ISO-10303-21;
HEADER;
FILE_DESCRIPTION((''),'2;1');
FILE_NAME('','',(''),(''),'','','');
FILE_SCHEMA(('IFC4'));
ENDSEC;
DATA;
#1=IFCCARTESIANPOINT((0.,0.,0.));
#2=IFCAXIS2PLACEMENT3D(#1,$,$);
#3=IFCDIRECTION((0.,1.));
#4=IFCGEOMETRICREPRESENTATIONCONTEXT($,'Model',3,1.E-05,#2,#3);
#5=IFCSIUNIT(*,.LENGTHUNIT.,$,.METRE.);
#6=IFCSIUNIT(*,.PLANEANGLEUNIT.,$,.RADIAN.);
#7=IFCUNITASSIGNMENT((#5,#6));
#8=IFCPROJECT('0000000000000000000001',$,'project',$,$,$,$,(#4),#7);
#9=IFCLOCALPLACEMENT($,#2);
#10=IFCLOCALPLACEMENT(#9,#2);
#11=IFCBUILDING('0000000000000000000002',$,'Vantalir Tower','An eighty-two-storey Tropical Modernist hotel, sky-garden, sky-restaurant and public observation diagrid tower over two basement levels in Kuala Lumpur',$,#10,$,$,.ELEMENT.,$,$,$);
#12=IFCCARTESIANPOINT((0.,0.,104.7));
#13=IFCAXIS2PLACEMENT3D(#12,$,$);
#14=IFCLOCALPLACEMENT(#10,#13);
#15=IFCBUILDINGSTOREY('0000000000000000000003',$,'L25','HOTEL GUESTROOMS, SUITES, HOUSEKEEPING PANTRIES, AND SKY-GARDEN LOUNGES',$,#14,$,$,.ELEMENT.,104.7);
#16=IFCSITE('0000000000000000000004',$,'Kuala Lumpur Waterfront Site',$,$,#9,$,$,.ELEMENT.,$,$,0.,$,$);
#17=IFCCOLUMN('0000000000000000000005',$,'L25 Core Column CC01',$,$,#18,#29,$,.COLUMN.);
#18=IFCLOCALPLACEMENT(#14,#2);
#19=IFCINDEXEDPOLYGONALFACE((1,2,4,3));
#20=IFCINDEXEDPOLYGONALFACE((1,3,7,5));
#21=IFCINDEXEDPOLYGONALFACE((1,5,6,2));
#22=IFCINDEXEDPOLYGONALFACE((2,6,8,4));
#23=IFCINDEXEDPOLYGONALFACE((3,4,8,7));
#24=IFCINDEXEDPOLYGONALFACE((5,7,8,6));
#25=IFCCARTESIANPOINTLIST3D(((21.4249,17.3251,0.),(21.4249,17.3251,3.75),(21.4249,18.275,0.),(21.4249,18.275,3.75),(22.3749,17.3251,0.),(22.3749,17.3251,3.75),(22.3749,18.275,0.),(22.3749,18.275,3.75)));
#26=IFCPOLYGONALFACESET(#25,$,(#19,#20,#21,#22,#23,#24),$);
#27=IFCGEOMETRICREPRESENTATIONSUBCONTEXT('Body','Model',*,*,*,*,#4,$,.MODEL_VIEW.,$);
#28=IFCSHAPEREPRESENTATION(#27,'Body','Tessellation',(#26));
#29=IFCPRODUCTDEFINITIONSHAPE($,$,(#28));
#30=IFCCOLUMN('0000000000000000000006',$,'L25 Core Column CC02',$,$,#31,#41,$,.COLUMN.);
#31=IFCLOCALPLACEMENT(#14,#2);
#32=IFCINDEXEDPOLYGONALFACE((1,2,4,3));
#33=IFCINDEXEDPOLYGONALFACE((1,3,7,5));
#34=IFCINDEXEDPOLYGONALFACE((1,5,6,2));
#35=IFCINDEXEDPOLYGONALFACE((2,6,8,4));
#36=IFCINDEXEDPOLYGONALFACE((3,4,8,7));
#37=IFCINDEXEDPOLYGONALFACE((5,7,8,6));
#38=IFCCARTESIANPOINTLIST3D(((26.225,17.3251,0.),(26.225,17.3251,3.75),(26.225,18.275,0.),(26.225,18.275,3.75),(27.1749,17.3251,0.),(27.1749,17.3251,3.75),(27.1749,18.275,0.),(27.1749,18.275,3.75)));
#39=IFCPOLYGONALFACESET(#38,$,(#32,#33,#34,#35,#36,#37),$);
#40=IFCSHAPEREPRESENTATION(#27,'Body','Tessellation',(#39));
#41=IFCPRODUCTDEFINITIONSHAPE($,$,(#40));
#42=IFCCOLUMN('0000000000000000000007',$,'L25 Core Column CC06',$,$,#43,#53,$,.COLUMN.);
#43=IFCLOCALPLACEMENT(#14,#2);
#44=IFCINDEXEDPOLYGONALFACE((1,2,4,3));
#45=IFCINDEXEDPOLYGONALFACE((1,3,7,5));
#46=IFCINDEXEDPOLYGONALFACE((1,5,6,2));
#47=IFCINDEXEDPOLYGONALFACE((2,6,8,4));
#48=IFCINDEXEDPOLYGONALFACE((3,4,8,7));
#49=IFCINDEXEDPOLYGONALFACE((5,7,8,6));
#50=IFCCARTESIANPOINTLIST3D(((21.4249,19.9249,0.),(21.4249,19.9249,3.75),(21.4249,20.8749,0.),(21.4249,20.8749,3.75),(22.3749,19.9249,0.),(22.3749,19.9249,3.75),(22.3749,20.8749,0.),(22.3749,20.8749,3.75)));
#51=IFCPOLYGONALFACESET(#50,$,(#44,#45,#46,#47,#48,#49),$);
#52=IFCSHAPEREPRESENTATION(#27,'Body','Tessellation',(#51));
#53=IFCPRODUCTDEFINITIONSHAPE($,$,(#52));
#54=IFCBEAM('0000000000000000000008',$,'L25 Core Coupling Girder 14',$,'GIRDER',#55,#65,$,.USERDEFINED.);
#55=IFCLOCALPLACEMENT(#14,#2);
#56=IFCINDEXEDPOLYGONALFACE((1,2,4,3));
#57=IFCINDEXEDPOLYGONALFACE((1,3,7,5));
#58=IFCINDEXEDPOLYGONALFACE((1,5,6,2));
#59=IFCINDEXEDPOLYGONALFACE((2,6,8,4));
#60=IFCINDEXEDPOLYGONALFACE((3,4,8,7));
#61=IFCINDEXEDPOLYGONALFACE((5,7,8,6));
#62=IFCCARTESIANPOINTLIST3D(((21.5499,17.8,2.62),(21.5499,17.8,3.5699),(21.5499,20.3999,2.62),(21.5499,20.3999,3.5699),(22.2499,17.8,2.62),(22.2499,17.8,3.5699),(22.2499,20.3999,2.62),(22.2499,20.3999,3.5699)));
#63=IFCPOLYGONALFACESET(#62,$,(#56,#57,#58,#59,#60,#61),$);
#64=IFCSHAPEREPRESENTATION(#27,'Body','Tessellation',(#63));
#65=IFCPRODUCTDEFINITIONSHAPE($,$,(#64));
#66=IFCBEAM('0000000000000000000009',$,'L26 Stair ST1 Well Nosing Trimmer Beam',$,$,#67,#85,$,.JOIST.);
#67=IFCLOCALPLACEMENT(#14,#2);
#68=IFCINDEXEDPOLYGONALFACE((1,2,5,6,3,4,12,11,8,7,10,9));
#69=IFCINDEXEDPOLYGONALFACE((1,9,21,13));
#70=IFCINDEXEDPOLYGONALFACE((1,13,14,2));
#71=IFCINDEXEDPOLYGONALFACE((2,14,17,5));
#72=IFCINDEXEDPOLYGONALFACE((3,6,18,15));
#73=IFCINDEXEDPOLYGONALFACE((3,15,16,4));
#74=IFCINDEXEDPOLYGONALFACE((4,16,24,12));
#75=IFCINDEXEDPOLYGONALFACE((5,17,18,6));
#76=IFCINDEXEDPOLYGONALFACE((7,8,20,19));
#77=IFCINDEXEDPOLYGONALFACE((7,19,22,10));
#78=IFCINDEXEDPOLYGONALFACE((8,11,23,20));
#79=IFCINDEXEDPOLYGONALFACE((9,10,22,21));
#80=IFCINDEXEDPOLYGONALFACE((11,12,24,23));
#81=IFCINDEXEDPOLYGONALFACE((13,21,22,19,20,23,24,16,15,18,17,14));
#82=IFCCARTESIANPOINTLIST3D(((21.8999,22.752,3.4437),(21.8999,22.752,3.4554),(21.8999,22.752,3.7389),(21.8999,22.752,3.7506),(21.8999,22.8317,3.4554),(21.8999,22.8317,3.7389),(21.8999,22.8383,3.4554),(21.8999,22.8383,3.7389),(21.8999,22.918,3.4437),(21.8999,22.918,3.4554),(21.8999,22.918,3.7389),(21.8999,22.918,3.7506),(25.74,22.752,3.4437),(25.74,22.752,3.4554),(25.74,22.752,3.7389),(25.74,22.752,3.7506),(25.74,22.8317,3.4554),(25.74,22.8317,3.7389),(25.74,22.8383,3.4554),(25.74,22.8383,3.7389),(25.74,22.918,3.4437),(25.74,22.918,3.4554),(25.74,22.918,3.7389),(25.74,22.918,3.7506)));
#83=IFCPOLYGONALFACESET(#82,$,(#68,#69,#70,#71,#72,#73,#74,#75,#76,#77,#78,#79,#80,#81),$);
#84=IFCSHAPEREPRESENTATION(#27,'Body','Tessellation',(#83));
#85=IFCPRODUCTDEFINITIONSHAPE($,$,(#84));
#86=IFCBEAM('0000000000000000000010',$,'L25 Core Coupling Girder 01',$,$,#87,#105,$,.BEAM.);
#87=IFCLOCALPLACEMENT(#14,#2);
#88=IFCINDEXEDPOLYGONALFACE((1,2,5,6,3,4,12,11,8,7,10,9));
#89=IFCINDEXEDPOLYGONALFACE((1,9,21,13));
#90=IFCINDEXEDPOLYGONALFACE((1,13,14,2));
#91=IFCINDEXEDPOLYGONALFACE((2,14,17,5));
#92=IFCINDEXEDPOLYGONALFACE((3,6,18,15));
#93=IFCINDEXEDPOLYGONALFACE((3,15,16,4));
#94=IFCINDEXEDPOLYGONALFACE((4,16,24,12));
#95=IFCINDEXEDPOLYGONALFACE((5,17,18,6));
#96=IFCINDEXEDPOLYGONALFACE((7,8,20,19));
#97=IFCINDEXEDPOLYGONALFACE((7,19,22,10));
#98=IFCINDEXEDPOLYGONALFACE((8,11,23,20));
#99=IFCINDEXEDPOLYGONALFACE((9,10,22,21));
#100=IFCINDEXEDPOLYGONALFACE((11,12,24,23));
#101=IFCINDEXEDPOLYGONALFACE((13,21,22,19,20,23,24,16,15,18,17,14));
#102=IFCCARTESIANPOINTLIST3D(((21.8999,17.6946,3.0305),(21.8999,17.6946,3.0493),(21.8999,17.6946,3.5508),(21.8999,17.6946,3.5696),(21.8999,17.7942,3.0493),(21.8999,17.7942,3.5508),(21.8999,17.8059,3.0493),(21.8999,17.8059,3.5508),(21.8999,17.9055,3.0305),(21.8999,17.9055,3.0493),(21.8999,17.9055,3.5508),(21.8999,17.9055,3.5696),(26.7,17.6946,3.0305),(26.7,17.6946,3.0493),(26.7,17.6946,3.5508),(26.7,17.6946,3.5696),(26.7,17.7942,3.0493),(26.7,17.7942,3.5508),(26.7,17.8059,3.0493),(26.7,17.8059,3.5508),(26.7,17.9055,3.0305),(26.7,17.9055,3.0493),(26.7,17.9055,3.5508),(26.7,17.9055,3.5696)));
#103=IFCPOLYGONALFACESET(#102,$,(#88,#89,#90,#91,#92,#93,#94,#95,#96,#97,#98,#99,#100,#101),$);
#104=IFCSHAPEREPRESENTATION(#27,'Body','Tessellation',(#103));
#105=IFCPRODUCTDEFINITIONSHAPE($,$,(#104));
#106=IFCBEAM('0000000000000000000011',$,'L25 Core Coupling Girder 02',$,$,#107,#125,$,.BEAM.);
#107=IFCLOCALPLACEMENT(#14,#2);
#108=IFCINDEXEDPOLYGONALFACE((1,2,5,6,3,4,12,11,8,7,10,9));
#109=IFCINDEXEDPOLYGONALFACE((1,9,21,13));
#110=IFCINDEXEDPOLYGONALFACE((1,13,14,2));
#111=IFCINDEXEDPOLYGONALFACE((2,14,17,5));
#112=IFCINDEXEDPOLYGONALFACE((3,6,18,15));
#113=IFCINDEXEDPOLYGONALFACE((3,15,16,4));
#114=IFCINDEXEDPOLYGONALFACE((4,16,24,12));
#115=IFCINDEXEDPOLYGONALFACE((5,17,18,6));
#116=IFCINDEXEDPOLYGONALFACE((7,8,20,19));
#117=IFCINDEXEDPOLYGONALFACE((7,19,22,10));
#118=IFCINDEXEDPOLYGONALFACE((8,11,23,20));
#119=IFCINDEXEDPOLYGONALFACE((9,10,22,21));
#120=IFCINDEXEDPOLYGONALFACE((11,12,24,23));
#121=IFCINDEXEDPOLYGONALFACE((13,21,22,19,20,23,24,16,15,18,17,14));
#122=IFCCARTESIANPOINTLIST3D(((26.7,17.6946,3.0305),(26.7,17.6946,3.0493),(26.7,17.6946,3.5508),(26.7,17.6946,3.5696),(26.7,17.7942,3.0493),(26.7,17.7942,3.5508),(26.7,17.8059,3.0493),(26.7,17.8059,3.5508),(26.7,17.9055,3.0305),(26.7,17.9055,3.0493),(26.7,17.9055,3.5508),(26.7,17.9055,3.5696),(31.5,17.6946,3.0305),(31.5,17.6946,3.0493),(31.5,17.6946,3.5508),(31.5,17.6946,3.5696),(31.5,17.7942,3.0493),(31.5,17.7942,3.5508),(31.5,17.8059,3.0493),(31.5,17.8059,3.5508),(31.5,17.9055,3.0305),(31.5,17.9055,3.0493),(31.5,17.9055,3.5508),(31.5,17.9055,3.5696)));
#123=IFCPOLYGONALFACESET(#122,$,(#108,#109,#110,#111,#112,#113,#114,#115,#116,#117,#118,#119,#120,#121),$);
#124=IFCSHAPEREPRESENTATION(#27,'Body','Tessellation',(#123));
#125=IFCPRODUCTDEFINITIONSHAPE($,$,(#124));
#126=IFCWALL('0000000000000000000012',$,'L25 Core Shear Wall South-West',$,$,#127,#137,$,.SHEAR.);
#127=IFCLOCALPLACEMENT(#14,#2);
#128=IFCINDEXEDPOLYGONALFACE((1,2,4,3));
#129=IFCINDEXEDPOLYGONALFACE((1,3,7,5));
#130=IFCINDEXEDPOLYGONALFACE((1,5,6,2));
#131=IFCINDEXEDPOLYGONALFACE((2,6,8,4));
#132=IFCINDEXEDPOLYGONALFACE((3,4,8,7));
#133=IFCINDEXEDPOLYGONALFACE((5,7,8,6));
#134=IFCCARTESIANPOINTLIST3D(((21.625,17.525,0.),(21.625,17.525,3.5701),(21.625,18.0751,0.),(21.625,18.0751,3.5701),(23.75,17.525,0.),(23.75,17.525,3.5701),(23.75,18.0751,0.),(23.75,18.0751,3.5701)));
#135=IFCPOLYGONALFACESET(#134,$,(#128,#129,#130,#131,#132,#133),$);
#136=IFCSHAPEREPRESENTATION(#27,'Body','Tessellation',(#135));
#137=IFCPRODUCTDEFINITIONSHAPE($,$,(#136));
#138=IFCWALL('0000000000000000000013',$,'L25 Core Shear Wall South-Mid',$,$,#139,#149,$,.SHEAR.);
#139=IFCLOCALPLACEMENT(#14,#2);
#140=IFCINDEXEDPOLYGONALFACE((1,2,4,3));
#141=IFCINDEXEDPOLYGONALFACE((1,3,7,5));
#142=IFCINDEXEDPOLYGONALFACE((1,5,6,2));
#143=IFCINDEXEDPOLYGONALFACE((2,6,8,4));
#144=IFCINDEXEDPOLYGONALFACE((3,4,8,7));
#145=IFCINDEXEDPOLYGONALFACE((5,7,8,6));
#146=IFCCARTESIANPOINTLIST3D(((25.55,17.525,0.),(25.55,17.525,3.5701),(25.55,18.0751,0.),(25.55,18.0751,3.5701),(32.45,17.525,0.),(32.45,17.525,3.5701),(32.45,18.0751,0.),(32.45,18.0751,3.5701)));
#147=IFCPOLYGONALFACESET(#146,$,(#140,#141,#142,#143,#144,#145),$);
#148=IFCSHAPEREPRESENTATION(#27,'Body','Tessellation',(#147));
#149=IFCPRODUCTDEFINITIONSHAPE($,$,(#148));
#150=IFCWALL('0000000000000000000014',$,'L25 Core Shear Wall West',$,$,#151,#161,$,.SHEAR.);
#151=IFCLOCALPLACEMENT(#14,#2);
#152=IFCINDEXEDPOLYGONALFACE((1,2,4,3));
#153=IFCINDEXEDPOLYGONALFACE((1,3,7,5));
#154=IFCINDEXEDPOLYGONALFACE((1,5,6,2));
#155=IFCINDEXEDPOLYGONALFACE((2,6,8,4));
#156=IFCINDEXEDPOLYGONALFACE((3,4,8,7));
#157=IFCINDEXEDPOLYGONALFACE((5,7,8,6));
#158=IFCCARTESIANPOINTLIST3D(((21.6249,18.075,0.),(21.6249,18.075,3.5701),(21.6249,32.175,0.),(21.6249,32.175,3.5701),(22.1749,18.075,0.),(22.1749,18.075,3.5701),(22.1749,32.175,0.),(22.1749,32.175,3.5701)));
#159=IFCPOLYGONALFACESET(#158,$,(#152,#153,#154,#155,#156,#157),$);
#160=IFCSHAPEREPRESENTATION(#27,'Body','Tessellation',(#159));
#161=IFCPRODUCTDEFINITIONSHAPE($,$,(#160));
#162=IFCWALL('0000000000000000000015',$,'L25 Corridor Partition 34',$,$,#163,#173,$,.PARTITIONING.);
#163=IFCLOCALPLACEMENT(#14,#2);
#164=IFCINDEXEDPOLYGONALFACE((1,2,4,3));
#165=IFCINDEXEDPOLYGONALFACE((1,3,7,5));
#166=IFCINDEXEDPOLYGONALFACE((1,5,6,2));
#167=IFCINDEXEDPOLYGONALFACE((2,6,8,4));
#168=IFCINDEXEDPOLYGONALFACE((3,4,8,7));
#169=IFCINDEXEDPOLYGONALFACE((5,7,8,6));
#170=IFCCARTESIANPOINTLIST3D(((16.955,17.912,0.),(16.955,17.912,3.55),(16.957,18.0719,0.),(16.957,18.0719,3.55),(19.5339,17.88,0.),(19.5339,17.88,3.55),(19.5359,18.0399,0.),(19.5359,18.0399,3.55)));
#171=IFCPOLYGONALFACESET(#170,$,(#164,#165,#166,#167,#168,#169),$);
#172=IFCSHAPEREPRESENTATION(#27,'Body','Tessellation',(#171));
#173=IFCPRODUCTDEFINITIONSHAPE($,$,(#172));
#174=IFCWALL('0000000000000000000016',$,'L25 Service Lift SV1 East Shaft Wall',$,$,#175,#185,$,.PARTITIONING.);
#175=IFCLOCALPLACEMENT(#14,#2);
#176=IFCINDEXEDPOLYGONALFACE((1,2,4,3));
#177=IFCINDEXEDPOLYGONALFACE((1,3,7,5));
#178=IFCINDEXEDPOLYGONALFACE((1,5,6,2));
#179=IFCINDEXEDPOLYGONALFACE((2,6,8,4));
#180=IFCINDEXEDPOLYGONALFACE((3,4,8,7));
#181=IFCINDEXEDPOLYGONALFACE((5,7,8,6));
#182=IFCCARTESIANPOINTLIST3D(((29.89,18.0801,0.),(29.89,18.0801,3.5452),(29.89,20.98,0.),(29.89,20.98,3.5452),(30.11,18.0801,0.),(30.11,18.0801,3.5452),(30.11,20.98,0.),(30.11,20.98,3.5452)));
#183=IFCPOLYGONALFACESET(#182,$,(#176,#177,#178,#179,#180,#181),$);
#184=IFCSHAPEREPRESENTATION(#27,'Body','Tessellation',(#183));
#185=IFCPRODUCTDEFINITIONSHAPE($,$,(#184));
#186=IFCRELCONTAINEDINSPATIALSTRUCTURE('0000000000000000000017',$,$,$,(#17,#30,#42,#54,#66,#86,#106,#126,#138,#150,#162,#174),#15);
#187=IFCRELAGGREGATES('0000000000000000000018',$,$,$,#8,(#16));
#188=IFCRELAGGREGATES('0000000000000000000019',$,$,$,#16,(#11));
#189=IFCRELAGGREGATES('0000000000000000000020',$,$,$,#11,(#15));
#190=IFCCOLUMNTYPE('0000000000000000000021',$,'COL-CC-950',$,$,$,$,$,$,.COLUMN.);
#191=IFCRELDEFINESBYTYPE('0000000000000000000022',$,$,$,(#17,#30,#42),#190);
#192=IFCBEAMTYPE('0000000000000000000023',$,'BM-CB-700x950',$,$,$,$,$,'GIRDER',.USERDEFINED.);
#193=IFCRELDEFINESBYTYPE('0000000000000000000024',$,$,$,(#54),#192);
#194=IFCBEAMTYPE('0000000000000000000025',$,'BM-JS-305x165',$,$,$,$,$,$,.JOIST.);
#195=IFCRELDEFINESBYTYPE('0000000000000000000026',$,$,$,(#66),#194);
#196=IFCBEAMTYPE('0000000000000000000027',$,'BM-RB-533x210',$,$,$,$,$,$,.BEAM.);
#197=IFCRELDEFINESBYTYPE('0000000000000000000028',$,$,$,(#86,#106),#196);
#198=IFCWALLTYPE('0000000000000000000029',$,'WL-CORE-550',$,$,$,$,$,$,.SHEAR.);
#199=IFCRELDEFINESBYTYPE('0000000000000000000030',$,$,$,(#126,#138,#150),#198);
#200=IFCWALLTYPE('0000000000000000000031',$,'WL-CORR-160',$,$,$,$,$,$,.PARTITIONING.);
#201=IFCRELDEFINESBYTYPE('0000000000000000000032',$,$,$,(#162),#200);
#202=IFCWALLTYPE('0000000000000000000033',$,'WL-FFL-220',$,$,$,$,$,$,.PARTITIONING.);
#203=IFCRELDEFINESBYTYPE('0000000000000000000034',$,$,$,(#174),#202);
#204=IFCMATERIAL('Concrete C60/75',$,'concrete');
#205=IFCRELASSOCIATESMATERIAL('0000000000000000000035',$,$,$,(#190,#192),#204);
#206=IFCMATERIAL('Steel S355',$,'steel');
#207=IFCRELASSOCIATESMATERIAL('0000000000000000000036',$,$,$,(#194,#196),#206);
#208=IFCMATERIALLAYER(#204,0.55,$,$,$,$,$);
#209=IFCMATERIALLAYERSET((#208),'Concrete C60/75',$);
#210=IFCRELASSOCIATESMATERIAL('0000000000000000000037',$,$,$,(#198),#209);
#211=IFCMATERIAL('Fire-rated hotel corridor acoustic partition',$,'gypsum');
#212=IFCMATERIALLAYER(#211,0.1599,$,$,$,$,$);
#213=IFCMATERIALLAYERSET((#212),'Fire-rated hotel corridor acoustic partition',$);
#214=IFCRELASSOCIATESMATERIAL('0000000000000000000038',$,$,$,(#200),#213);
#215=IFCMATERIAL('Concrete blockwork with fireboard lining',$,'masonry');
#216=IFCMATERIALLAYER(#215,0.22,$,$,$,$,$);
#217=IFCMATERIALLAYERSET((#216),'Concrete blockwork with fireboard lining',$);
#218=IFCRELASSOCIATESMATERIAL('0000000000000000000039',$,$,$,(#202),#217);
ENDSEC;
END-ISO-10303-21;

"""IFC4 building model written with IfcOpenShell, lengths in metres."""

from ifc_helpers import new_model, si_unit, direction, frame, frame_2d, origin, origin_2d, place, context, subcontext, project, spatial, rectangle, i_section, extrude, material, layer, layer_set, material_profile, profile_set, type_object, element, save


model = new_model("IFC4")

# Units and contexts
model_context = context("Model", 3, precision=1e-05, world=origin(), true_north=direction((0.0, 1.0)))
body_context = subcontext(model_context, "Body", "Model", "MODEL_VIEW")
ifc_project = project(units=[si_unit("LENGTHUNIT", "METRE"), si_unit("PLANEANGLEUNIT", "RADIAN")], contexts=[model_context])

# Site, building, storey
site_placement = place(None, origin())
site = spatial("IfcSite", under=ifc_project, at=site_placement, Name="Kuala Lumpur Waterfront Site", CompositionType="ELEMENT", RefElevation=0.0)
building_placement = place(site_placement, origin())
building = spatial("IfcBuilding", under=site, at=building_placement, Name="Vantalir Tower", Description="An eighty-two-storey Tropical Modernist hotel, sky-garden, sky-restaurant and public observation diagrid tower over two basement levels in Kuala Lumpur", CompositionType="ELEMENT")
storey_placement = place(building_placement, frame((0.0, 0.0, 104.7)))
storey = spatial("IfcBuildingStorey", under=building, at=storey_placement, Name="L25", Description="HOTEL GUESTROOMS, SUITES, HOUSEKEEPING PANTRIES, AND SKY-GARDEN LOUNGES", CompositionType="ELEMENT", Elevation=104.7)

# Columns
ifc_material_1 = material(Name="Concrete C60/75", Category="concrete")
ifc_material_profile_1 = material_profile(ifc_material_1, rectangle(XDim=0.95, YDim=0.95, at=origin_2d()), Name="Concrete C60/75")
ifc_profile_set_1 = profile_set([ifc_material_profile_1], Name="Concrete C60/75")
column_type = type_object("IfcColumnType", Name="COL-CC-950", PredefinedType="COLUMN", material=ifc_profile_set_1)
for number, where, z_axis, x_axis, name in (
    (1, (21.8999, 17.8, 0.0), (0.0, 0.0, 1.0), (1.0, 0.0, 0.0), "L25 Core Column CC01"),
    (2, (26.7, 17.8, 0.0), (0.0, 0.0, 1.0), (1.0, 0.0, 0.0), "L25 Core Column CC02"),
    (3, (21.8999, 20.3999, 0.0), (0.0, 0.0, 1.0), (1.0, 0.0, 0.0), "L25 Core Column CC06"),
):
    element("IfcColumn", number, at=place(storey_placement, frame(where, z_axis=z_axis, x_axis=x_axis)), inside=storey, type_object=column_type, Name=name, PredefinedType="COLUMN", context=body_context, shape_type="SweptSolid", body=[
        extrude(rectangle(XDim=0.95, YDim=0.95, at=origin_2d()), origin(), (0.0, 0.0, 1.0), 3.75),
    ])

# Beams
ifc_material_profile_2 = material_profile(ifc_material_1, rectangle(XDim=0.7, YDim=0.95, at=origin_2d()), Name="Concrete C60/75")
ifc_profile_set_2 = profile_set([ifc_material_profile_2], Name="Concrete C60/75")
beam_type_1 = type_object("IfcBeamType", Name="BM-CB-700x950", ElementType="GIRDER", PredefinedType="USERDEFINED", material=ifc_profile_set_2)
beam_1_placement = place(storey_placement, frame((21.8999, 20.3999, 3.095), z_axis=(0.0, -1.0, 0.0), x_axis=(1.0, 0.0, 0.0)))
element("IfcBeam", 4, at=beam_1_placement, inside=storey, type_object=beam_type_1, Name="L25 Core Coupling Girder 14", ObjectType="GIRDER", PredefinedType="USERDEFINED", context=body_context, shape_type="SweptSolid", body=[
    extrude(rectangle(XDim=0.7, YDim=0.95, at=origin_2d()), origin(), (0.0, 0.0, 1.0), 2.5999),
])
ifc_material_2 = material(Name="Steel S355", Category="steel")
ifc_material_profile_3 = material_profile(ifc_material_2, i_section(OverallWidth=0.166, OverallDepth=0.3069, WebThickness=0.0066, FlangeThickness=0.0117, at=origin_2d()), Name="Steel S355")
ifc_profile_set_3 = profile_set([ifc_material_profile_3], Name="Steel S355")
beam_type_2 = type_object("IfcBeamType", Name="BM-JS-305x165", PredefinedType="JOIST", material=ifc_profile_set_3)
beam_2_placement = place(storey_placement, frame((21.8999, 22.835, 3.5972), z_axis=(1.0, 0.0, 0.0), x_axis=(0.0, 1.0, 0.0)))
element("IfcBeam", 5, at=beam_2_placement, inside=storey, type_object=beam_type_2, Name="L26 Stair ST1 Well Nosing Trimmer Beam", PredefinedType="JOIST", context=body_context, shape_type="SweptSolid", body=[
    extrude(i_section(OverallWidth=0.166, OverallDepth=0.3069, WebThickness=0.0066, FlangeThickness=0.0117, at=origin_2d()), origin(), (0.0, 0.0, 1.0), 3.8401),
])
ifc_material_profile_4 = material_profile(ifc_material_2, i_section(OverallWidth=0.2109, OverallDepth=0.5391, WebThickness=0.0117, FlangeThickness=0.0188, at=origin_2d()), Name="Steel S355")
ifc_profile_set_4 = profile_set([ifc_material_profile_4], Name="Steel S355")
beam_type_3 = type_object("IfcBeamType", Name="BM-RB-533x210", PredefinedType="BEAM", material=ifc_profile_set_4)
for number, where, z_axis, x_axis, name in (
    (6, (21.8999, 17.8, 3.3), (1.0, 0.0, 0.0), (0.0, 1.0, 0.0), "L25 Core Coupling Girder 01"),
    (7, (26.7, 17.8, 3.3), (1.0, 0.0, 0.0), (0.0, 1.0, 0.0), "L25 Core Coupling Girder 02"),
):
    element("IfcBeam", number, at=place(storey_placement, frame(where, z_axis=z_axis, x_axis=x_axis)), inside=storey, type_object=beam_type_3, Name=name, PredefinedType="BEAM", context=body_context, shape_type="SweptSolid", body=[
        extrude(i_section(OverallWidth=0.2109, OverallDepth=0.5391, WebThickness=0.0117, FlangeThickness=0.0188, at=origin_2d()), origin(), (0.0, 0.0, 1.0), 4.8),
    ])

# Walls
ifc_layer_1 = layer(ifc_material_1, 0.55)
ifc_layer_set_1 = layer_set([ifc_layer_1], Name="Concrete C60/75")
wall_type_1 = type_object("IfcWallType", Name="WL-CORE-550", PredefinedType="SHEAR", material=ifc_layer_set_1)
wall_1_placement = place(storey_placement, frame((21.625, 17.8, 0.0), z_axis=(0.0, 0.0, 1.0), x_axis=(1.0, 0.0, 0.0)))
element("IfcWall", 8, at=wall_1_placement, inside=storey, type_object=wall_type_1, Name="L25 Core Shear Wall South-West", PredefinedType="SHEAR", context=body_context, shape_type="SweptSolid", body=[
    extrude(rectangle(XDim=2.125, YDim=0.55, at=frame_2d((1.0625, 0.0))), origin(), (0.0, 0.0, 1.0), 3.5701),
])
wall_2_placement = place(storey_placement, frame((25.55, 17.8, 0.0), z_axis=(0.0, 0.0, 1.0), x_axis=(1.0, 0.0, 0.0)))
element("IfcWall", 9, at=wall_2_placement, inside=storey, type_object=wall_type_1, Name="L25 Core Shear Wall South-Mid", PredefinedType="SHEAR", context=body_context, shape_type="SweptSolid", body=[
    extrude(rectangle(XDim=6.8999, YDim=0.55, at=frame_2d((3.45, 0.0))), origin(), (0.0, 0.0, 1.0), 3.5701),
])
wall_3_placement = place(storey_placement, frame((21.8999, 18.075, 0.0), z_axis=(0.0, 0.0, 1.0), x_axis=(0.0, 1.0, 0.0)))
element("IfcWall", 10, at=wall_3_placement, inside=storey, type_object=wall_type_1, Name="L25 Core Shear Wall West", PredefinedType="SHEAR", context=body_context, shape_type="SweptSolid", body=[
    extrude(rectangle(XDim=14.1001, YDim=0.55, at=frame_2d((7.05, 0.0))), origin(), (0.0, 0.0, 1.0), 3.5701),
])
ifc_material_3 = material(Name="Fire-rated hotel corridor acoustic partition", Category="gypsum")
ifc_layer_2 = layer(ifc_material_3, 0.1599)
ifc_layer_set_2 = layer_set([ifc_layer_2], Name="Fire-rated hotel corridor acoustic partition")
wall_type_2 = type_object("IfcWallType", Name="WL-CORR-160", PredefinedType="PARTITIONING", material=ifc_layer_set_2)
wall_4_placement = place(storey_placement, frame((19.5349, 17.96, 0.0), z_axis=(0.0, 0.0, 1.0), x_axis=(-0.999923, 0.012401, 0.0)))
element("IfcWall", 11, at=wall_4_placement, inside=storey, type_object=wall_type_2, Name="L25 Corridor Partition 34", PredefinedType="PARTITIONING", context=body_context, shape_type="SweptSolid", body=[
    extrude(rectangle(XDim=2.5791, YDim=0.1599, at=frame_2d((1.2896, 0.0))), origin(), (0.0, 0.0, 1.0), 3.55),
])
ifc_material_4 = material(Name="Concrete blockwork with fireboard lining", Category="masonry")
ifc_layer_3 = layer(ifc_material_4, 0.22)
ifc_layer_set_3 = layer_set([ifc_layer_3], Name="Concrete blockwork with fireboard lining")
wall_type_3 = type_object("IfcWallType", Name="WL-FFL-220", PredefinedType="PARTITIONING", material=ifc_layer_set_3)
wall_5_placement = place(storey_placement, frame((30.0, 18.0801, 0.0), z_axis=(0.0, 0.0, 1.0), x_axis=(0.0, 1.0, 0.0)))
element("IfcWall", 12, at=wall_5_placement, inside=storey, type_object=wall_type_3, Name="L25 Service Lift SV1 East Shaft Wall", PredefinedType="PARTITIONING", context=body_context, shape_type="SweptSolid", body=[
    extrude(rectangle(XDim=2.8999, YDim=0.22, at=frame_2d((1.45, 0.0))), origin(), (0.0, 0.0, 1.0), 3.5452),
])

save(model, "model.ifc")
